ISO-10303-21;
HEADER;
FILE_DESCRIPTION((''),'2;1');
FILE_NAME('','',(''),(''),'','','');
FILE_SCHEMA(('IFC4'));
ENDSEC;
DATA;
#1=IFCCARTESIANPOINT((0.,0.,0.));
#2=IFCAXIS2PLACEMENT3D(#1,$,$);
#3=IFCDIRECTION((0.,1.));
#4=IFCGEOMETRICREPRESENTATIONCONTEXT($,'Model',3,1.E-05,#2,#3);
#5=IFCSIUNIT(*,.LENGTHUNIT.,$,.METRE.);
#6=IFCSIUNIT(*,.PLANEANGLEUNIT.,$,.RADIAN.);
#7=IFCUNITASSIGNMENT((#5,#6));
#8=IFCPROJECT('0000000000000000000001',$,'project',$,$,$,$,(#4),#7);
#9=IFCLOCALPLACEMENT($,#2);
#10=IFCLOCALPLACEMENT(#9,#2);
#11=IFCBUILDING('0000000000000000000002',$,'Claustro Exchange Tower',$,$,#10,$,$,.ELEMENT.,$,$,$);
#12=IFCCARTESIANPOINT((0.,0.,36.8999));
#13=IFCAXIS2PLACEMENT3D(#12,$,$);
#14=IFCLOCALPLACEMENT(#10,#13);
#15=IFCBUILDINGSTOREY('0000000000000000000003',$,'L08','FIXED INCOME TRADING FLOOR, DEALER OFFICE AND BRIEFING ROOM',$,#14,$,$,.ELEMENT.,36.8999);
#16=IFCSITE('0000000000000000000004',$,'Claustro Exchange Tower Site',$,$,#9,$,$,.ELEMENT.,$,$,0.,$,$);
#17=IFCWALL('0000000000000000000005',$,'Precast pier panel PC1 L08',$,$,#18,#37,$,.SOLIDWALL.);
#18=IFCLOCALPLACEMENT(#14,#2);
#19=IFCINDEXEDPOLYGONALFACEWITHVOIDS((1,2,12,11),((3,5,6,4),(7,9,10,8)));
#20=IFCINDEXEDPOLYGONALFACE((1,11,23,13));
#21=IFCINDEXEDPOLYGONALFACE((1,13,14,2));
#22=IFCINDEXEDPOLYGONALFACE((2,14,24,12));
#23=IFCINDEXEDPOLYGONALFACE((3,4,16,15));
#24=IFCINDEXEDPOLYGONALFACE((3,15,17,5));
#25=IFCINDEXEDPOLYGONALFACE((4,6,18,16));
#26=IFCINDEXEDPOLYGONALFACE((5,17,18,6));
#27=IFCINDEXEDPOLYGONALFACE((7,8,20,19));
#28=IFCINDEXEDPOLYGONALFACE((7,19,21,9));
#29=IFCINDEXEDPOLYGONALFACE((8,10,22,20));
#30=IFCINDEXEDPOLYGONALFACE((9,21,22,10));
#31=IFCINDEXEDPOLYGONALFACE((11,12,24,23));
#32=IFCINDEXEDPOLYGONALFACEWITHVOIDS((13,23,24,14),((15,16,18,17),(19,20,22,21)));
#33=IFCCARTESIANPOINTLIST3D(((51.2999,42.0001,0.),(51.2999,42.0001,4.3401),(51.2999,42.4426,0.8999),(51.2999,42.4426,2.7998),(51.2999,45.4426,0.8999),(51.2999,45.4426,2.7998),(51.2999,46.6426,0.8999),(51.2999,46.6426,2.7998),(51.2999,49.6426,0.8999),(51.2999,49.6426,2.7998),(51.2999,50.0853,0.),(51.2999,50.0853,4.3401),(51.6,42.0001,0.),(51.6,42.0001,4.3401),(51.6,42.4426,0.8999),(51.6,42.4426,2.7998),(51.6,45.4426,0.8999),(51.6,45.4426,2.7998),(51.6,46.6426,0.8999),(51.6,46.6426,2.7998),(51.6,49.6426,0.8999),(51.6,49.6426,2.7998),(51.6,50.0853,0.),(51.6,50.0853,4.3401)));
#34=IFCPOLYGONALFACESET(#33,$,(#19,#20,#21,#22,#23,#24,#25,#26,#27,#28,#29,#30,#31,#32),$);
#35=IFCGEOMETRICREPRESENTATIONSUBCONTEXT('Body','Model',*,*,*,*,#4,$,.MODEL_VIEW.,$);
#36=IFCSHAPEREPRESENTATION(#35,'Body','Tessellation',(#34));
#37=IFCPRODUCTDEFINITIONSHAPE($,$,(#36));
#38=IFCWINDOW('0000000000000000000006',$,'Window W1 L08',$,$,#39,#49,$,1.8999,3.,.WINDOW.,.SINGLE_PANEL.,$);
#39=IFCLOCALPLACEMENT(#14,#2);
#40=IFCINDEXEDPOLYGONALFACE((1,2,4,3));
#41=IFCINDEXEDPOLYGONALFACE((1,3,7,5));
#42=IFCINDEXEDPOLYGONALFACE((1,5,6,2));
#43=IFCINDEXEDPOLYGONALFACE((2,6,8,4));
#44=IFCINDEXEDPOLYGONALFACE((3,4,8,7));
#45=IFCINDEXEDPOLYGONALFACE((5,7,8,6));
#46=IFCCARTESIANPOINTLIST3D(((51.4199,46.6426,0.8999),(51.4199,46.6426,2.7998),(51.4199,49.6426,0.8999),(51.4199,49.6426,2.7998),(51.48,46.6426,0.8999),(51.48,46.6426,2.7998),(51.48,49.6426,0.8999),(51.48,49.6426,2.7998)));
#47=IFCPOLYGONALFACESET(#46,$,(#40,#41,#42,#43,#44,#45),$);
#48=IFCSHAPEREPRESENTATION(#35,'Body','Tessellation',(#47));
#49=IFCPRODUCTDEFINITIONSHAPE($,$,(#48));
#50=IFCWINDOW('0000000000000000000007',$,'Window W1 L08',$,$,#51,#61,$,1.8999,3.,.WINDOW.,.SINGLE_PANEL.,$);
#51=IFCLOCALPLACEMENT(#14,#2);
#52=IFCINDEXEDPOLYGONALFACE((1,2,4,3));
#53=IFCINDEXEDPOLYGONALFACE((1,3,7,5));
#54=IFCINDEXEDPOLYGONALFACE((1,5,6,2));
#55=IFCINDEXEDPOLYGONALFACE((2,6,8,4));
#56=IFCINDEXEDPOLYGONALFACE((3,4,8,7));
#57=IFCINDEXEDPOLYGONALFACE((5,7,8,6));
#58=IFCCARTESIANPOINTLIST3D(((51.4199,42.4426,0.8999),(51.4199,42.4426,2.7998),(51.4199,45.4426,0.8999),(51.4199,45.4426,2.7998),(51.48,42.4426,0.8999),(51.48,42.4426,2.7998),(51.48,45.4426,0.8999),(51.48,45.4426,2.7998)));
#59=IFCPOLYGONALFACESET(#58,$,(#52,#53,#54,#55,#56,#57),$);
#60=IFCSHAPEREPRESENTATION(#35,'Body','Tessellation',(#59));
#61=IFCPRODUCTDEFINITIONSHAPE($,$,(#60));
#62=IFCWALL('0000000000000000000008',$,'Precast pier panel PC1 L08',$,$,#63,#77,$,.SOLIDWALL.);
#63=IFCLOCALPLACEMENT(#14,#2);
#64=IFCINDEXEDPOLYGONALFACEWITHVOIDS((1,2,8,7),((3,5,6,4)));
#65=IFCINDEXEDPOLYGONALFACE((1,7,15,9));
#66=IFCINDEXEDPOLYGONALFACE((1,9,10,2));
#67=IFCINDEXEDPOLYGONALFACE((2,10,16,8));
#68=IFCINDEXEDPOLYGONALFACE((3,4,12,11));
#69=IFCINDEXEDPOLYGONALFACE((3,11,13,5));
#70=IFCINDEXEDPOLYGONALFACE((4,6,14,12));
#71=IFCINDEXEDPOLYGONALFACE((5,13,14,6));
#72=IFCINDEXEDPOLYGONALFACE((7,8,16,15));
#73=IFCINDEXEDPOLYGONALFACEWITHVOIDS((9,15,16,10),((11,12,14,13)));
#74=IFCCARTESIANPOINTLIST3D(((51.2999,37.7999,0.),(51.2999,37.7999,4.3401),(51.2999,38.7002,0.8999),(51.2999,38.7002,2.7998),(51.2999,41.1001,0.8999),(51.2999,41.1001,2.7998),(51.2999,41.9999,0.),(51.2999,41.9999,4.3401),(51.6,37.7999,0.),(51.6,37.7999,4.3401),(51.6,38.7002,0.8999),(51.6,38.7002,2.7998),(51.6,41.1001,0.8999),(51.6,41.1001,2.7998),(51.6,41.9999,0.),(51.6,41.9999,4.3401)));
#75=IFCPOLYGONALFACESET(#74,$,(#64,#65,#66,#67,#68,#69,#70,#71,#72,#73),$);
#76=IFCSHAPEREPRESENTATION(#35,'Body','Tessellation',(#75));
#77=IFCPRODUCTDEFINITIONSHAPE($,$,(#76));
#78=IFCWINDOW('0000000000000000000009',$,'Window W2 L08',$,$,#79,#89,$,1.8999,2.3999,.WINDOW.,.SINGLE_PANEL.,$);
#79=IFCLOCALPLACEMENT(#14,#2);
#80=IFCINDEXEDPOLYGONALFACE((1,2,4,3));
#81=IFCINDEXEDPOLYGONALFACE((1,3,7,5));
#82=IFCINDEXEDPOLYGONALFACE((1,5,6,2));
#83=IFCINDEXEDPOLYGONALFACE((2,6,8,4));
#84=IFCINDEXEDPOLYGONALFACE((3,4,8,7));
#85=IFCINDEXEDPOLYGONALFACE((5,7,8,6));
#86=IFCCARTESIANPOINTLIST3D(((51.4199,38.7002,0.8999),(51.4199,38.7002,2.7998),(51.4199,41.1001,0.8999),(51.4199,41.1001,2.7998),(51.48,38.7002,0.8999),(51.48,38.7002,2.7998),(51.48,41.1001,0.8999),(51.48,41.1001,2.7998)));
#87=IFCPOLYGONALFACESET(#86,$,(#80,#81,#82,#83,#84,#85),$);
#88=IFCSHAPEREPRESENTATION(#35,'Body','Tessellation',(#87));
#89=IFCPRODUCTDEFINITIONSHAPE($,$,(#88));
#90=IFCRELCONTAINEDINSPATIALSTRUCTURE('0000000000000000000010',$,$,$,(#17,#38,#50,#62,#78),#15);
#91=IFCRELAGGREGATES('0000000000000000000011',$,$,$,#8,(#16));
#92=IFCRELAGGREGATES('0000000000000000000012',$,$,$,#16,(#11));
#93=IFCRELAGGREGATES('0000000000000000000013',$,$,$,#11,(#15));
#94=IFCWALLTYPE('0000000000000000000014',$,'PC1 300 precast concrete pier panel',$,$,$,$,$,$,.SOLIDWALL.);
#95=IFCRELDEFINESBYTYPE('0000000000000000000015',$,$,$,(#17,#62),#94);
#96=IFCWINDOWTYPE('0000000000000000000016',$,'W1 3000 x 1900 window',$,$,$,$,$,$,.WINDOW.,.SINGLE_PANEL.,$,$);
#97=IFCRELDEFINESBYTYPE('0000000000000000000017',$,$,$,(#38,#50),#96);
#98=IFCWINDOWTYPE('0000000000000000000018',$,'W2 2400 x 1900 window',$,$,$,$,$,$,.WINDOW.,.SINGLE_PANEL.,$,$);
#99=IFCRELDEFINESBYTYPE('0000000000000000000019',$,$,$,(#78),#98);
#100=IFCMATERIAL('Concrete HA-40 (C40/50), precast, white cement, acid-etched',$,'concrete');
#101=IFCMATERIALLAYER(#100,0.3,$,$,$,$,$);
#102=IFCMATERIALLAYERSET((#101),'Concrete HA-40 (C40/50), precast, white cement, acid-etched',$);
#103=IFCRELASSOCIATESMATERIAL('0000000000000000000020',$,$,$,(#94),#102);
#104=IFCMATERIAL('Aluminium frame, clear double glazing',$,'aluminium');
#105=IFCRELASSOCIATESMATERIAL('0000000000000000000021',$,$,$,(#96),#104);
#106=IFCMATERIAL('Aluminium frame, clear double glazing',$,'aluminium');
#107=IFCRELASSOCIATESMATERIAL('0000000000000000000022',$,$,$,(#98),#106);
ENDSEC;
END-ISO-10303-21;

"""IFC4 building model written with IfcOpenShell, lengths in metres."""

from ifc_helpers import new_model, si_unit, direction, frame, frame_2d, origin, place, context, subcontext, project, spatial, rectangle, extrude, material, layer, layer_set, type_object, element, fill, save


model = new_model("IFC4")

# Units and contexts
model_context = context("Model", 3, precision=1e-05, world=origin(), true_north=direction((0.0, 1.0)))
body_context = subcontext(model_context, "Body", "Model", "MODEL_VIEW")
ifc_project = project(units=[si_unit("LENGTHUNIT", "METRE"), si_unit("PLANEANGLEUNIT", "RADIAN")], contexts=[model_context])

# Site, building, storey
site_placement = place(None, origin())
site = spatial("IfcSite", under=ifc_project, at=site_placement, Name="Claustro Exchange Tower Site", CompositionType="ELEMENT", RefElevation=0.0)
building_placement = place(site_placement, origin())
building = spatial("IfcBuilding", under=site, at=building_placement, Name="Claustro Exchange Tower", CompositionType="ELEMENT")
storey_placement = place(building_placement, frame((0.0, 0.0, 36.8999)))
storey = spatial("IfcBuildingStorey", under=building, at=storey_placement, Name="L08", Description="FIXED INCOME TRADING FLOOR, DEALER OFFICE AND BRIEFING ROOM", CompositionType="ELEMENT", Elevation=36.8999)

# Shared definitions
ifc_material_1 = material(Name="Concrete HA-40 (C40/50), precast, white cement, acid-etched", Category="concrete")
ifc_layer_1 = layer(ifc_material_1, 0.3)
ifc_layer_set_1 = layer_set([ifc_layer_1], Name="Concrete HA-40 (C40/50), precast, white cement, acid-etched")
wall_type_1 = type_object("IfcWallType", Name="PC1 300 precast concrete pier panel", PredefinedType="SOLIDWALL", material=ifc_layer_set_1)
ifc_material_2 = material(Name="Aluminium frame, clear double glazing", Category="aluminium")
window_type_1 = type_object("IfcWindowType", Name="W1 3000 x 1900 window", PartitioningType="SINGLE_PANEL", PredefinedType="WINDOW", material=ifc_material_2)

# Wall, openings, windows
wall_1_placement = place(storey_placement, frame((51.45, 50.0852, 0.0), z_axis=(0.0, 0.0, 1.0), x_axis=(0.0, -1.0, 0.0)))
wall_1 = element("IfcWall", 1, at=wall_1_placement, inside=storey, type_object=wall_type_1, Name="Precast pier panel PC1 L08", PredefinedType="SOLIDWALL", context=body_context, shape_type="SweptSolid", body=[
    extrude(rectangle(XDim=8.0852, YDim=0.3, at=frame_2d((4.0425, 0.0))), origin(), (0.0, 0.0, 1.0), 4.3401),
])
opening_1_placement = place(wall_1_placement, frame((0.4426, 0.0, 0.8999)))
opening_1 = element("IfcOpeningElement", 2, at=opening_1_placement, cuts=wall_1, PredefinedType="OPENING", context=body_context, shape_type="SweptSolid", body=[
    extrude(rectangle(XDim=3.0, YDim=1.8999, at=frame_2d((1.5, 0.95))), frame((0.0, 0.1599, 0.0), z_axis=(0.0, -1.0, 0.0), x_axis=(1.0, 0.0, 0.0)), (0.0, 0.0, 1.0), 0.3201),
])
opening_2_placement = place(wall_1_placement, frame((4.6426, 0.0, 0.8999)))
opening_2 = element("IfcOpeningElement", 3, at=opening_2_placement, cuts=wall_1, PredefinedType="OPENING", context=body_context, shape_type="SweptSolid", body=[
    extrude(rectangle(XDim=3.0, YDim=1.8999, at=frame_2d((1.5, 0.95))), frame((0.0, 0.1599, 0.0), z_axis=(0.0, -1.0, 0.0), x_axis=(1.0, 0.0, 0.0)), (0.0, 0.0, 1.0), 0.3201),
])
window_1_placement = place(opening_1_placement, origin())
window_1 = element("IfcWindow", 4, at=window_1_placement, inside=storey, type_object=window_type_1, Name="Window W1 L08", OverallHeight=1.8999, OverallWidth=3.0, PartitioningType="SINGLE_PANEL", PredefinedType="WINDOW", context=body_context, shape_type="SweptSolid", body=[
    extrude(rectangle(XDim=3.0, YDim=1.8999, at=frame_2d((1.5, 0.95))), frame((0.0, 0.03, 0.0), z_axis=(0.0, -1.0, 0.0), x_axis=(1.0, 0.0, 0.0)), (0.0, 0.0, 1.0), 0.0601),
])
fill(opening_1, window_1)
window_2_placement = place(opening_2_placement, origin())
window_2 = element("IfcWindow", 5, at=window_2_placement, inside=storey, type_object=window_type_1, Name="Window W1 L08", OverallHeight=1.8999, OverallWidth=3.0, PartitioningType="SINGLE_PANEL", PredefinedType="WINDOW", context=body_context, shape_type="SweptSolid", body=[
    extrude(rectangle(XDim=3.0, YDim=1.8999, at=frame_2d((1.5, 0.95))), frame((0.0, 0.03, 0.0), z_axis=(0.0, -1.0, 0.0), x_axis=(1.0, 0.0, 0.0)), (0.0, 0.0, 1.0), 0.0601),
])
fill(opening_2, window_2)

# Wall, opening, window
wall_2_placement = place(storey_placement, frame((51.45, 42.0, 0.0), z_axis=(0.0, 0.0, 1.0), x_axis=(0.0, -1.0, 0.0)))
wall_2 = element("IfcWall", 6, at=wall_2_placement, inside=storey, type_object=wall_type_1, Name="Precast pier panel PC1 L08", PredefinedType="SOLIDWALL", context=body_context, shape_type="SweptSolid", body=[
    extrude(rectangle(XDim=4.2, YDim=0.3, at=frame_2d((2.1001, 0.0))), origin(), (0.0, 0.0, 1.0), 4.3401),
])
opening_3_placement = place(wall_2_placement, frame((0.8999, 0.0, 0.8999)))
opening_3 = element("IfcOpeningElement", 7, at=opening_3_placement, cuts=wall_2, PredefinedType="OPENING", context=body_context, shape_type="SweptSolid", body=[
    extrude(rectangle(XDim=2.3999, YDim=1.8999, at=frame_2d((1.2, 0.95))), frame((0.0, 0.1599, 0.0), z_axis=(0.0, -1.0, 0.0), x_axis=(1.0, 0.0, 0.0)), (0.0, 0.0, 1.0), 0.3201),
])
ifc_material_3 = material(Name="Aluminium frame, clear double glazing", Category="aluminium")
window_type_2 = type_object("IfcWindowType", Name="W2 2400 x 1900 window", PartitioningType="SINGLE_PANEL", PredefinedType="WINDOW", material=ifc_material_3)
window_3_placement = place(opening_3_placement, origin())
window_3 = element("IfcWindow", 8, at=window_3_placement, inside=storey, type_object=window_type_2, Name="Window W2 L08", OverallHeight=1.8999, OverallWidth=2.3999, PartitioningType="SINGLE_PANEL", PredefinedType="WINDOW", context=body_context, shape_type="SweptSolid", body=[
    extrude(rectangle(XDim=2.3999, YDim=1.8999, at=frame_2d((1.2, 0.95))), frame((0.0, 0.03, 0.0), z_axis=(0.0, -1.0, 0.0), x_axis=(1.0, 0.0, 0.0)), (0.0, 0.0, 1.0), 0.0601),
])
fill(opening_3, window_3)

save(model, "model.ifc")
